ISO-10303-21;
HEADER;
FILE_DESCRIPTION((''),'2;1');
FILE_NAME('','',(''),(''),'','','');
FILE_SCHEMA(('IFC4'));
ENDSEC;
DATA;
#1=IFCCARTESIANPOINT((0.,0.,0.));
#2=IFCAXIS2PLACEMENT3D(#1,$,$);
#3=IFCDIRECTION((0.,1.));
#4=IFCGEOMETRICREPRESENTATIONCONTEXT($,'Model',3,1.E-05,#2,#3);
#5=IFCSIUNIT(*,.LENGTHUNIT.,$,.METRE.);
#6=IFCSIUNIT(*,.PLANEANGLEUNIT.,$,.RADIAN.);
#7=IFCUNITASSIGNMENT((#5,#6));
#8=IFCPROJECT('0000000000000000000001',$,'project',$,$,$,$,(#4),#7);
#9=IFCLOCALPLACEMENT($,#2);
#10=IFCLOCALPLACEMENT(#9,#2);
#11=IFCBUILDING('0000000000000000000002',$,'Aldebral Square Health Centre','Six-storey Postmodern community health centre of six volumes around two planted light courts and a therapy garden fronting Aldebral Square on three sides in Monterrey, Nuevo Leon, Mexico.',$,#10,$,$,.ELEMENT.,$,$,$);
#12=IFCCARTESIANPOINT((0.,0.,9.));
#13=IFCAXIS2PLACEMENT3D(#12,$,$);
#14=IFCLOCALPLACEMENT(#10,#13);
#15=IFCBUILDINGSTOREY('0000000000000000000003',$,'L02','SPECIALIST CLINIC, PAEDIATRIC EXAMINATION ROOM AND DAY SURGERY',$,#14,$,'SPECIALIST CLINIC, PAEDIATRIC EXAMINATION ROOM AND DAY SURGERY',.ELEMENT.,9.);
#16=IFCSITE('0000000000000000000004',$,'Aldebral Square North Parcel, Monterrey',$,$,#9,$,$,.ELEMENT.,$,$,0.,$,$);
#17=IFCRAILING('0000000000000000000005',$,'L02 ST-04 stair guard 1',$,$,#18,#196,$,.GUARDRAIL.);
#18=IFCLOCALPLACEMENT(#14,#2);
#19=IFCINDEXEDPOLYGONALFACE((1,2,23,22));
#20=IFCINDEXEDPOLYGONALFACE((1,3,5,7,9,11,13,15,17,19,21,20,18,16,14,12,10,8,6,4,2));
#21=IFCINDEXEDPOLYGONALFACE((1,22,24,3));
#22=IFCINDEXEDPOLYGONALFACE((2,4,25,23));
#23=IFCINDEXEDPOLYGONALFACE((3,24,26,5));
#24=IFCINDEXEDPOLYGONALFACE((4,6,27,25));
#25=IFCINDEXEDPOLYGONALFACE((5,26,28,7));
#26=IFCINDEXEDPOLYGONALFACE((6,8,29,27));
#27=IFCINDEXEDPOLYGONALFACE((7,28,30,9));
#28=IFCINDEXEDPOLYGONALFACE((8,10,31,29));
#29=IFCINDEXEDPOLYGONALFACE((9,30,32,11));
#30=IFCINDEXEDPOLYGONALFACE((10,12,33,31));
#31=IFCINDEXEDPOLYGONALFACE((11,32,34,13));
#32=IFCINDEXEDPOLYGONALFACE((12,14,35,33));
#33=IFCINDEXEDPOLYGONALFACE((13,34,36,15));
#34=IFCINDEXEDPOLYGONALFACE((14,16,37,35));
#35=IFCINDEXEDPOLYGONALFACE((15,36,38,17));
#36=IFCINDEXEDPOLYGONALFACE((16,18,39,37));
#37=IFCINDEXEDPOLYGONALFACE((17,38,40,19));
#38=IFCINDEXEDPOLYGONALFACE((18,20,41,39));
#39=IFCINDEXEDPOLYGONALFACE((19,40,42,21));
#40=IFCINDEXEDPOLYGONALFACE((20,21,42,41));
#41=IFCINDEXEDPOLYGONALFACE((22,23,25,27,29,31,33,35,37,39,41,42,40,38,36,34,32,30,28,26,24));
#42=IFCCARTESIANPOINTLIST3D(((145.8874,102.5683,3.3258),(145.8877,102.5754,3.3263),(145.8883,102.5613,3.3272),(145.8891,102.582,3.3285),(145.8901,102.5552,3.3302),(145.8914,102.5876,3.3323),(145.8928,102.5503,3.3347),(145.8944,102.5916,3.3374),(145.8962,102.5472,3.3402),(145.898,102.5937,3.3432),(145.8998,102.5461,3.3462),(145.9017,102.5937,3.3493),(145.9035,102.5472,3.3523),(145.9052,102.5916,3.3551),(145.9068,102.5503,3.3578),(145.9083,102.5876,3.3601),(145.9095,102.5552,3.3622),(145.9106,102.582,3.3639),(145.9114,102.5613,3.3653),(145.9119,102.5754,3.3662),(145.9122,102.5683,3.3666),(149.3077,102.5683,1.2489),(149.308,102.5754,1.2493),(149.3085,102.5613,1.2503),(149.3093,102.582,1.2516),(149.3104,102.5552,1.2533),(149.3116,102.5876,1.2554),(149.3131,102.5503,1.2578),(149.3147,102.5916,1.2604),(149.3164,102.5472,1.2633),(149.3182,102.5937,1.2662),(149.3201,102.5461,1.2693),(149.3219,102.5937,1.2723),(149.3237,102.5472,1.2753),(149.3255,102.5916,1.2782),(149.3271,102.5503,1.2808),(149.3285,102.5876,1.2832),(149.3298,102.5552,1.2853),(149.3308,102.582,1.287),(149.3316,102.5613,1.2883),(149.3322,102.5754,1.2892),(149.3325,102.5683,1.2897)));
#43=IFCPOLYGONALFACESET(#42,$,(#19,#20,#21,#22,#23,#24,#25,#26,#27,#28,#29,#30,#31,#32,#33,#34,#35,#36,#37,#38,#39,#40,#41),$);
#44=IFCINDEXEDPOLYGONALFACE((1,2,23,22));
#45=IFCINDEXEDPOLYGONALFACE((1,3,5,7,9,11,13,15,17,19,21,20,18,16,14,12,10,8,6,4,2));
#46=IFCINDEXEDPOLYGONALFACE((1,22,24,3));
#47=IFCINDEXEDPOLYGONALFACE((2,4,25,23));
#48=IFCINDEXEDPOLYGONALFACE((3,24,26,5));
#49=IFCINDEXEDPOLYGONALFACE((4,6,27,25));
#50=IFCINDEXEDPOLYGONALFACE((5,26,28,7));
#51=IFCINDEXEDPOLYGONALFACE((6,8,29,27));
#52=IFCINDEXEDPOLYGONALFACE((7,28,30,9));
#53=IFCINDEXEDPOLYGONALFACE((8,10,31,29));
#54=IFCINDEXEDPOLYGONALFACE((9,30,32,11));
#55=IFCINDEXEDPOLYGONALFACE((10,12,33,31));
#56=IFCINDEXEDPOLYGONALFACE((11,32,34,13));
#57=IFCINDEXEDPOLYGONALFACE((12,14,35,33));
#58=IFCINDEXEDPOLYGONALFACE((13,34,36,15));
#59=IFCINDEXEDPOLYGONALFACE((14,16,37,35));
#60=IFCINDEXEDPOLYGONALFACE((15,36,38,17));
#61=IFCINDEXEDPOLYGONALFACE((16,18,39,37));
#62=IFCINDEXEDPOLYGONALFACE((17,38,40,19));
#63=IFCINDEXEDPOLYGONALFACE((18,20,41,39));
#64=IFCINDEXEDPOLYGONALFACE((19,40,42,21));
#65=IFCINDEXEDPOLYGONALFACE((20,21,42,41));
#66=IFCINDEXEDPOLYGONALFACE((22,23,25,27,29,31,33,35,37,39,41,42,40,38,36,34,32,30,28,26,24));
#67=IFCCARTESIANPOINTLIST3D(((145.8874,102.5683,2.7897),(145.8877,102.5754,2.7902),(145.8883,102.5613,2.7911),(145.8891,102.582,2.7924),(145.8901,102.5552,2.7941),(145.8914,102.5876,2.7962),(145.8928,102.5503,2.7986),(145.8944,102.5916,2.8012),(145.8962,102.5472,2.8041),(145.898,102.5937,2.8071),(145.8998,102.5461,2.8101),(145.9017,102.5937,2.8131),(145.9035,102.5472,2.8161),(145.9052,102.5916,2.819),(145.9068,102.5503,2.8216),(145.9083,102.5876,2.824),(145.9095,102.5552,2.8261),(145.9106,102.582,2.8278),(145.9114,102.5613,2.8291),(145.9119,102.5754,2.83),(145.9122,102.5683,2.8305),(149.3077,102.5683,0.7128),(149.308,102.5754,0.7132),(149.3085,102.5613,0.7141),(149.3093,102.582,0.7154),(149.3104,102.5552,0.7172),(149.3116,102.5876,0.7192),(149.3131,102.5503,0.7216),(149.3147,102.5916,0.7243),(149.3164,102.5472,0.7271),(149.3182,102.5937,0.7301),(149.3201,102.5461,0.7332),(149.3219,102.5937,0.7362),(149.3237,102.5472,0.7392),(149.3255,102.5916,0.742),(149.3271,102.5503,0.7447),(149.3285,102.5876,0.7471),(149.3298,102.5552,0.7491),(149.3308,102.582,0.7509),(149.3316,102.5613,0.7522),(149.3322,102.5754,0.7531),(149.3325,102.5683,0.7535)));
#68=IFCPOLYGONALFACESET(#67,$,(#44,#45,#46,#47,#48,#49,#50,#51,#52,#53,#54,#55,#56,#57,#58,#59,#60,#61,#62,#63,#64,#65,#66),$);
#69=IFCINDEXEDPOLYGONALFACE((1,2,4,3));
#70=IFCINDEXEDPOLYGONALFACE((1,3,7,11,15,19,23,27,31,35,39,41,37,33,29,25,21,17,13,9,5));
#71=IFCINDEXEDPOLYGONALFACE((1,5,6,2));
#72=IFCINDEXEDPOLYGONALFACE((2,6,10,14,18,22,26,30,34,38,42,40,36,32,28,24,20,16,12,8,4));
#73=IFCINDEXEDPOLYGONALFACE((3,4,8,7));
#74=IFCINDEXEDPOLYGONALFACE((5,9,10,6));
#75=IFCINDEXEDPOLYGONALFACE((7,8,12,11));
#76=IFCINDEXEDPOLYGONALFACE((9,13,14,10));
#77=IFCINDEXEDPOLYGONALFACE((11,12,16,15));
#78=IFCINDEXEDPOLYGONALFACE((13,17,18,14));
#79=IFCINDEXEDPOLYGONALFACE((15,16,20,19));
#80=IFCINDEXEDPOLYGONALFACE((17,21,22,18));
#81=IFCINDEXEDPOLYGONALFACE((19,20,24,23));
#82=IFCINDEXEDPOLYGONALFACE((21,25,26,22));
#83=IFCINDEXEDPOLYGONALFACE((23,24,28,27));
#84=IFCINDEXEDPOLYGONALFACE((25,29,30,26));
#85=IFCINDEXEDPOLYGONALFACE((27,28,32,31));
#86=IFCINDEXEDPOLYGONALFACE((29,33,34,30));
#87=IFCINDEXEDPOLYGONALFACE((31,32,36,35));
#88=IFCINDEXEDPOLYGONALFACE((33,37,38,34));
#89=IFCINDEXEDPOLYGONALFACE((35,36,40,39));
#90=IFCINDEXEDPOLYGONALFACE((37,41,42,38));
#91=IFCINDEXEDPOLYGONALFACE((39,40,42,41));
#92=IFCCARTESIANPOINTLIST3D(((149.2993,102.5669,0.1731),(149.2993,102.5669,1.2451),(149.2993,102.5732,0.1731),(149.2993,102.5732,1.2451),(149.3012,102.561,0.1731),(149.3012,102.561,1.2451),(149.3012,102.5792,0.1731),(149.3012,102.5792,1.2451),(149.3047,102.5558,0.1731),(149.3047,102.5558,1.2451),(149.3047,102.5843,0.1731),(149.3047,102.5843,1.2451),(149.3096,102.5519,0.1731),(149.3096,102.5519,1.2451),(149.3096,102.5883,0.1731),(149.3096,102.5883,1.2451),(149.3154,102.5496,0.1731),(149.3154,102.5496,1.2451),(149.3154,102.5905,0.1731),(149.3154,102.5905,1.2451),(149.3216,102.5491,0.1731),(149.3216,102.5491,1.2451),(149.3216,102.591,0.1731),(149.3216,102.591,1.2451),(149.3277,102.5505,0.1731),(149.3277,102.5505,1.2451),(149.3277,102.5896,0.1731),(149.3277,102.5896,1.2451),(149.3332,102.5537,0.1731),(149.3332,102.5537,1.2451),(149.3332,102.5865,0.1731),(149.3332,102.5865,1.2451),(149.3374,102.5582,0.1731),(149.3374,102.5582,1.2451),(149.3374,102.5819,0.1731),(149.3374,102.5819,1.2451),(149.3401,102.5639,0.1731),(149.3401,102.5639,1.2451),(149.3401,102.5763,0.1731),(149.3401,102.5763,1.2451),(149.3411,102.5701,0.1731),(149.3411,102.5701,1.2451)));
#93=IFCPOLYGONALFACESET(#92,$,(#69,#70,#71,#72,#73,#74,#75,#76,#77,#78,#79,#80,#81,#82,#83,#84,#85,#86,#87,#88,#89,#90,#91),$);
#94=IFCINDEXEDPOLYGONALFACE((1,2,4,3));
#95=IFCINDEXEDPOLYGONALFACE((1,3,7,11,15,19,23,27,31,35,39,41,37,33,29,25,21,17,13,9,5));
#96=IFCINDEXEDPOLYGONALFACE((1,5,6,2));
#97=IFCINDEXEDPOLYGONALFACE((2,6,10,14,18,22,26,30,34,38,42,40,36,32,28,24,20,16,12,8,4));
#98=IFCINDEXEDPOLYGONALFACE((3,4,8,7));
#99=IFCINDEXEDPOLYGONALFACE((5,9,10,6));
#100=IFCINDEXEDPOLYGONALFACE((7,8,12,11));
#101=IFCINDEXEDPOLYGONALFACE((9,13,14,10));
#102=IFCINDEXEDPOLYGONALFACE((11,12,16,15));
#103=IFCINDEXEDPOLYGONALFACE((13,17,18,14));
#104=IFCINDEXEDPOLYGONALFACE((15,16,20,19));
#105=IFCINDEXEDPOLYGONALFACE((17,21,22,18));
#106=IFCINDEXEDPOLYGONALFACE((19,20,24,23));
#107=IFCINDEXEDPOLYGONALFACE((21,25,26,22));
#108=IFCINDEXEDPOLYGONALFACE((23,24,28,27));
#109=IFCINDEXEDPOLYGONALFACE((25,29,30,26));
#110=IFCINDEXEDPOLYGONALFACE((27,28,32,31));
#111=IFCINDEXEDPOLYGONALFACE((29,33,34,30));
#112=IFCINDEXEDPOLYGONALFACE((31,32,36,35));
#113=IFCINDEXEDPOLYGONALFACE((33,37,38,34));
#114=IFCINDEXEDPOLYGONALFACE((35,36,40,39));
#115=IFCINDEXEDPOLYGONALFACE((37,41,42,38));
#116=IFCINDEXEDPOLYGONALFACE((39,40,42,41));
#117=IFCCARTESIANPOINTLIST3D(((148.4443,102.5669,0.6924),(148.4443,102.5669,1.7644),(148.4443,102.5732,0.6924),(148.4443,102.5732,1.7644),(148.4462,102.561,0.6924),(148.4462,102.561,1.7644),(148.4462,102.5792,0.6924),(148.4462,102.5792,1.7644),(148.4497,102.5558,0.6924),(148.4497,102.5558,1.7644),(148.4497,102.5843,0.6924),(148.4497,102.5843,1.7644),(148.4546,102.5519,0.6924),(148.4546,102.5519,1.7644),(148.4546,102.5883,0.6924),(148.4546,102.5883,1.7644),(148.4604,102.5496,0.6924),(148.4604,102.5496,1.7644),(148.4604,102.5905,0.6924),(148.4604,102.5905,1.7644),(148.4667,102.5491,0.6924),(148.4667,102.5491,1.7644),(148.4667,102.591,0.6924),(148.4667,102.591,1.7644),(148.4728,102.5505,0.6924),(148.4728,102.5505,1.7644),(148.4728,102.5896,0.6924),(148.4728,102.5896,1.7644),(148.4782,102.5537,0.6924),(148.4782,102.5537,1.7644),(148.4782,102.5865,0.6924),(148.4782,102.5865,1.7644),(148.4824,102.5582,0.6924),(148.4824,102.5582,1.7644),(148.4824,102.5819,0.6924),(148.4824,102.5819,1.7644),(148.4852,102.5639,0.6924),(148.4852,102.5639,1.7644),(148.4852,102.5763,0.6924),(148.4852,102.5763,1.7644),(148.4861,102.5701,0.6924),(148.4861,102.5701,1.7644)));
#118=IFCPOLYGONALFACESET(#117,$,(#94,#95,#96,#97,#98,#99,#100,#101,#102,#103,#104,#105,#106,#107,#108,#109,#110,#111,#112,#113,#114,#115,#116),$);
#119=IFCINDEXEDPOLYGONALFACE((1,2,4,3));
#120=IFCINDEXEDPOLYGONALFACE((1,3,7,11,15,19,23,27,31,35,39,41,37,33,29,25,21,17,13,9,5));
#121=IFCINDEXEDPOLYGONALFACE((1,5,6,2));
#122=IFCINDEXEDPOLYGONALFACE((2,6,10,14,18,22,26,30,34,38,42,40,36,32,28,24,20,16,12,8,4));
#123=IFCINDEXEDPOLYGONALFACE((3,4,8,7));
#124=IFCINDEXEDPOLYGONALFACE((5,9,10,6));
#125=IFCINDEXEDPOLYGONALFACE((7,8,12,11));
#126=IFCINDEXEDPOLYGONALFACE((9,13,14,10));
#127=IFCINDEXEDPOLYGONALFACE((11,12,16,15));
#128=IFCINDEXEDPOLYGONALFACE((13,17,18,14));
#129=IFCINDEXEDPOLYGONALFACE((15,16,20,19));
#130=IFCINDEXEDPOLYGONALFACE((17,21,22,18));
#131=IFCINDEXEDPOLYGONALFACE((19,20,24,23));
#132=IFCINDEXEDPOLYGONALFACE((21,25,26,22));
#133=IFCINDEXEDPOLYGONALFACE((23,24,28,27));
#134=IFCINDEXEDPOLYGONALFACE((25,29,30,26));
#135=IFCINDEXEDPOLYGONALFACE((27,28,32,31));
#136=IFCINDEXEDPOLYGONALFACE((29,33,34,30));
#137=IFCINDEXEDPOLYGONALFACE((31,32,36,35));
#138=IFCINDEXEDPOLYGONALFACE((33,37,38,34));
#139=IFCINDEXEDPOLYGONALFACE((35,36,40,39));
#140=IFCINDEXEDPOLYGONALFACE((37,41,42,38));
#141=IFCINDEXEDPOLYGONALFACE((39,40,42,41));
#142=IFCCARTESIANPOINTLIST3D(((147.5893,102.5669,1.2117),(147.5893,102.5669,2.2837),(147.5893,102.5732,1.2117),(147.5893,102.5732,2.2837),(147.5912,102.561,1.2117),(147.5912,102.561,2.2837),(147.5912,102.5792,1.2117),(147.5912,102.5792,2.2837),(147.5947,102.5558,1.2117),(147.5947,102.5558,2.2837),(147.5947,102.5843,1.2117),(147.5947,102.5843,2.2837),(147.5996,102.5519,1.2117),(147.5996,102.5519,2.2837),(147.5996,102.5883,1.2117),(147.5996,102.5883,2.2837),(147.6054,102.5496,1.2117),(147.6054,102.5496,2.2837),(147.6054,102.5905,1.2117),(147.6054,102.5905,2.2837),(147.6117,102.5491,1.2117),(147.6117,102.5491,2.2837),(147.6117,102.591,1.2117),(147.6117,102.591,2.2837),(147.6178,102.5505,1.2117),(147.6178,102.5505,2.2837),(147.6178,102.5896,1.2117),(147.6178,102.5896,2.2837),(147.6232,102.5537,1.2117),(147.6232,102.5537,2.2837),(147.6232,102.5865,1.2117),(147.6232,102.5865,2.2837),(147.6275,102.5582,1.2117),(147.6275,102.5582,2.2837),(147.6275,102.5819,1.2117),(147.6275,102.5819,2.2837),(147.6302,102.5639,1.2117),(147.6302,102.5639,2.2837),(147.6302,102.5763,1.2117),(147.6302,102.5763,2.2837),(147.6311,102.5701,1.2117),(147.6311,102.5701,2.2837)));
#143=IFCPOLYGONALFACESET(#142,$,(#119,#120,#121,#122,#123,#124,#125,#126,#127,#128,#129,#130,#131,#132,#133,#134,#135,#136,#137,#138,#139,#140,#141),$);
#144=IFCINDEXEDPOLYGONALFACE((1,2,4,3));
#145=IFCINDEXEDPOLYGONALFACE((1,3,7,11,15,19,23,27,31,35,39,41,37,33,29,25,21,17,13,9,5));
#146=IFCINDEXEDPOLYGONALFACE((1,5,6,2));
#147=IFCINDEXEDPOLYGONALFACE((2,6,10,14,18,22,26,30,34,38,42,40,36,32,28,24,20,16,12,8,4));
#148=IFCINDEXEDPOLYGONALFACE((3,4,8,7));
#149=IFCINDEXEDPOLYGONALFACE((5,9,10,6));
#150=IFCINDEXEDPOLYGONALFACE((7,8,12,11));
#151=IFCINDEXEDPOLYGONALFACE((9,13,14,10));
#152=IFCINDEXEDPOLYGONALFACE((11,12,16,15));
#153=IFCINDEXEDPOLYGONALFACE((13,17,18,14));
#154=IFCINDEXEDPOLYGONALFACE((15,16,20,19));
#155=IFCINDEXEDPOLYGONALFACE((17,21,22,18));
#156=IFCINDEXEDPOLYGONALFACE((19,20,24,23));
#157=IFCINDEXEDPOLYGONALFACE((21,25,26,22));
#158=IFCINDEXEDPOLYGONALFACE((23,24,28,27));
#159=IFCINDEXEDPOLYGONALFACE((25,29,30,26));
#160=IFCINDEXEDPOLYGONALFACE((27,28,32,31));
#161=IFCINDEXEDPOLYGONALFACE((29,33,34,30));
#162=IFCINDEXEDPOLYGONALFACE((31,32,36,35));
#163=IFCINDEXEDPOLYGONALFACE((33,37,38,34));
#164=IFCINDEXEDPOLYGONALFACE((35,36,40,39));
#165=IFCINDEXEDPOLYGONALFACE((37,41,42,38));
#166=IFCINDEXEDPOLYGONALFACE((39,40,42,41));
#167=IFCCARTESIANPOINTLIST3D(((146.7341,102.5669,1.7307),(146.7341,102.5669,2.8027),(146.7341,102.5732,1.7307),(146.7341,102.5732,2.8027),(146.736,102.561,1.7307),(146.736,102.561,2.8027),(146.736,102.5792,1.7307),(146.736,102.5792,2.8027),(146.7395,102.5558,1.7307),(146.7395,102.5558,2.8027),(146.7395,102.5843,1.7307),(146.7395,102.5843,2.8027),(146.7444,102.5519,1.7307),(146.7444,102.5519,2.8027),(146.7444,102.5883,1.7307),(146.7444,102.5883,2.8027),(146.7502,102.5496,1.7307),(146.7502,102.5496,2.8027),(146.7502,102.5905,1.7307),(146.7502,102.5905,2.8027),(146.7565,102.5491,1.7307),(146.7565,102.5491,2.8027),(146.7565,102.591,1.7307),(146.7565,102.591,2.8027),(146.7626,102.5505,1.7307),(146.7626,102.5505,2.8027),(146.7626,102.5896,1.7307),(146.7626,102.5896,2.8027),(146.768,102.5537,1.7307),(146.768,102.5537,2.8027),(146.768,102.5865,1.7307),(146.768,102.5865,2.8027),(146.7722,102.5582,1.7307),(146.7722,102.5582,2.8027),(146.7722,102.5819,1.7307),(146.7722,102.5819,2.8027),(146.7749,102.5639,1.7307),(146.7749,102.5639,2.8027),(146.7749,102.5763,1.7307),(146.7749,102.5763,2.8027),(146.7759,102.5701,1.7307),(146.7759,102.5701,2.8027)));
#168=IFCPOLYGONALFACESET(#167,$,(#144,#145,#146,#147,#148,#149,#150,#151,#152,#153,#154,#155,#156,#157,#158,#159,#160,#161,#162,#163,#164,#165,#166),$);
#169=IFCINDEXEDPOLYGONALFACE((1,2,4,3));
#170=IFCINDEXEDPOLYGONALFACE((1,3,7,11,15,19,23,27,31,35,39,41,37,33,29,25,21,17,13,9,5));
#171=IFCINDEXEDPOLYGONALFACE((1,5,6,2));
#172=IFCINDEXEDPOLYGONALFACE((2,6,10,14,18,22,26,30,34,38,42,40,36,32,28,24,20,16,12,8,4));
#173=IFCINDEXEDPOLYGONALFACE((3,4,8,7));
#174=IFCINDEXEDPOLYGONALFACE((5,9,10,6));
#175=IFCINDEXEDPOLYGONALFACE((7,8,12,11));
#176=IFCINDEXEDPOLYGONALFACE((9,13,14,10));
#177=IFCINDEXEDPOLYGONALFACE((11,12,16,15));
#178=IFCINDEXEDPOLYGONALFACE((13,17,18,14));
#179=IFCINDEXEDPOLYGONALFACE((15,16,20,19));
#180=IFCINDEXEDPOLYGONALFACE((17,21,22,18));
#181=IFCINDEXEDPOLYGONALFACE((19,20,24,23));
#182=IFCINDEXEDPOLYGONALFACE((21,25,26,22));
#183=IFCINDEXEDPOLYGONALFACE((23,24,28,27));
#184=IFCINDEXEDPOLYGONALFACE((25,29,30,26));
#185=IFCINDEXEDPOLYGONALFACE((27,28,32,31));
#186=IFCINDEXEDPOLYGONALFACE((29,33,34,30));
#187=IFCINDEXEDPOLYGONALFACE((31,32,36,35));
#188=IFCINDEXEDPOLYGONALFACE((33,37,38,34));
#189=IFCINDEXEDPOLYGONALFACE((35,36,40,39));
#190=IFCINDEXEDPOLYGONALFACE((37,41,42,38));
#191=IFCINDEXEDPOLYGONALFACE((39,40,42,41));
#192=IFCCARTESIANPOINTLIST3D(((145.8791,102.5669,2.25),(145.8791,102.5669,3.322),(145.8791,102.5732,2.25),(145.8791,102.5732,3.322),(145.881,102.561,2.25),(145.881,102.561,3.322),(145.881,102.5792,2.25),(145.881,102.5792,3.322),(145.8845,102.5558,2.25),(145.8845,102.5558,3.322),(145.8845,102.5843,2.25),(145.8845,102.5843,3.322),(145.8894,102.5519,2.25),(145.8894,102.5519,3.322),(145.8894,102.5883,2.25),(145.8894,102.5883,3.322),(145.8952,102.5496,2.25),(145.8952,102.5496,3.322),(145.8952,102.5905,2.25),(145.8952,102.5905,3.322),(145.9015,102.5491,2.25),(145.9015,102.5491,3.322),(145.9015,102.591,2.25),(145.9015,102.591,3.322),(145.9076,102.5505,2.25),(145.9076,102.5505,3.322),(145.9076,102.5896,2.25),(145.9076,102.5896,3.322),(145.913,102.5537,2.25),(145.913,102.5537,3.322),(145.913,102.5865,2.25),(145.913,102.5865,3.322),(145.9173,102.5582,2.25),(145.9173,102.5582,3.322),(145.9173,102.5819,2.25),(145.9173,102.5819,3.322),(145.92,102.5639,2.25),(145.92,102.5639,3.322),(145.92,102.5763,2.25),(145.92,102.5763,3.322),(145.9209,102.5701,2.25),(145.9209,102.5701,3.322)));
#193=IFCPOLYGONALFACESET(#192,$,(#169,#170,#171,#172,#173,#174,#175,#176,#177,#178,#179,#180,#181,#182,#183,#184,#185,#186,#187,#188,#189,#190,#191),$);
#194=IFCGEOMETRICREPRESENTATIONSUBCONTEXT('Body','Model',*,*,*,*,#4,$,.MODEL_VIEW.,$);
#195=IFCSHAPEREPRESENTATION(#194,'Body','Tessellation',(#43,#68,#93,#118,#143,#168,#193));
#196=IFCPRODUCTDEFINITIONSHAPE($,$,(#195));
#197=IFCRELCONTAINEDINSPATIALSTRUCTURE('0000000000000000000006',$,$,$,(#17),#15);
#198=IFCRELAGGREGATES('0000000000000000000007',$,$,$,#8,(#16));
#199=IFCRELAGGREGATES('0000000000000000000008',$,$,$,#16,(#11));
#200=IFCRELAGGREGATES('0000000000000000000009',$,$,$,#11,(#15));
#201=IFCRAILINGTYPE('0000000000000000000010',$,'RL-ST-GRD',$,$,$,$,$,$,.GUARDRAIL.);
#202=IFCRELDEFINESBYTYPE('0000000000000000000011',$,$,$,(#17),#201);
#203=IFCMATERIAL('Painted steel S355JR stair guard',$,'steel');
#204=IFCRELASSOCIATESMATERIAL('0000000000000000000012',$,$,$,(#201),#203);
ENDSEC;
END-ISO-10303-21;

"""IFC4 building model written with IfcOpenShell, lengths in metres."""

from ifc_helpers import new_model, si_unit, direction, frame, origin, origin_2d, place, context, subcontext, project, spatial, circle, extrude, material, type_object, element, save


model = new_model("IFC4")

# Units and contexts
model_context = context("Model", 3, precision=1e-05, world=origin(), true_north=direction((0.0, 1.0)))
body_context = subcontext(model_context, "Body", "Model", "MODEL_VIEW")
ifc_project = project(units=[si_unit("LENGTHUNIT", "METRE"), si_unit("PLANEANGLEUNIT", "RADIAN")], contexts=[model_context])

# Site, building, storey
site_placement = place(None, origin())
site = spatial("IfcSite", under=ifc_project, at=site_placement, Name="Aldebral Square North Parcel, Monterrey", CompositionType="ELEMENT", RefElevation=0.0)
building_placement = place(site_placement, origin())
building = spatial("IfcBuilding", under=site, at=building_placement, Name="Aldebral Square Health Centre", Description="Six-storey Postmodern community health centre of six volumes around two planted light courts and a therapy garden fronting Aldebral Square on three sides in Monterrey, Nuevo Leon, Mexico.", CompositionType="ELEMENT")
storey_placement = place(building_placement, frame((0.0, 0.0, 9.0)))
storey = spatial("IfcBuildingStorey", under=building, at=storey_placement, Name="L02", Description="SPECIALIST CLINIC, PAEDIATRIC EXAMINATION ROOM AND DAY SURGERY", LongName="SPECIALIST CLINIC, PAEDIATRIC EXAMINATION ROOM AND DAY SURGERY", CompositionType="ELEMENT", Elevation=9.0)

# Railing
ifc_material_1 = material(Name="Painted steel S355JR stair guard", Category="steel")
railing_type = type_object("IfcRailingType", Name="RL-ST-GRD", PredefinedType="GUARDRAIL", material=ifc_material_1)
railing_1_placement = place(storey_placement, frame((149.3201, 102.5701, 0.1731)))
element("IfcRailing", 1, at=railing_1_placement, inside=storey, type_object=railing_type, Name="L02 ST-04 stair guard 1", PredefinedType="GUARDRAIL", context=body_context, shape_type="SweptSolid", body=[
    extrude(circle(Radius=0.0239, at=origin_2d()), frame((0.0, 0.0, 1.0962), z_axis=(-0.854746, 0.0, 0.519047), x_axis=(0.0, -1.0, 0.0)), (0.0, 0.0, 1.0), 4.0015),
    extrude(circle(Radius=0.0239, at=origin_2d()), frame((0.0, 0.0, 0.5601), z_axis=(-0.854746, 0.0, 0.519047), x_axis=(0.0, -1.0, 0.0)), (0.0, 0.0, 1.0), 4.0015),
    extrude(circle(Radius=0.021, at=origin_2d()), origin(), (0.0, 0.0, 1.0), 1.072),
    extrude(circle(Radius=0.021, at=origin_2d()), frame((-0.855, 0.0, 0.5193)), (0.0, 0.0, 1.0), 1.072),
    extrude(circle(Radius=0.021, at=origin_2d()), frame((-1.71, 0.0, 1.0386)), (0.0, 0.0, 1.0), 1.072),
    extrude(circle(Radius=0.021, at=origin_2d()), frame((-2.5652, 0.0, 1.5576)), (0.0, 0.0, 1.0), 1.072),
    extrude(circle(Radius=0.021, at=origin_2d()), frame((-3.4202, 0.0, 2.0769)), (0.0, 0.0, 1.0), 1.072),
])

save(model, "model.ifc")
